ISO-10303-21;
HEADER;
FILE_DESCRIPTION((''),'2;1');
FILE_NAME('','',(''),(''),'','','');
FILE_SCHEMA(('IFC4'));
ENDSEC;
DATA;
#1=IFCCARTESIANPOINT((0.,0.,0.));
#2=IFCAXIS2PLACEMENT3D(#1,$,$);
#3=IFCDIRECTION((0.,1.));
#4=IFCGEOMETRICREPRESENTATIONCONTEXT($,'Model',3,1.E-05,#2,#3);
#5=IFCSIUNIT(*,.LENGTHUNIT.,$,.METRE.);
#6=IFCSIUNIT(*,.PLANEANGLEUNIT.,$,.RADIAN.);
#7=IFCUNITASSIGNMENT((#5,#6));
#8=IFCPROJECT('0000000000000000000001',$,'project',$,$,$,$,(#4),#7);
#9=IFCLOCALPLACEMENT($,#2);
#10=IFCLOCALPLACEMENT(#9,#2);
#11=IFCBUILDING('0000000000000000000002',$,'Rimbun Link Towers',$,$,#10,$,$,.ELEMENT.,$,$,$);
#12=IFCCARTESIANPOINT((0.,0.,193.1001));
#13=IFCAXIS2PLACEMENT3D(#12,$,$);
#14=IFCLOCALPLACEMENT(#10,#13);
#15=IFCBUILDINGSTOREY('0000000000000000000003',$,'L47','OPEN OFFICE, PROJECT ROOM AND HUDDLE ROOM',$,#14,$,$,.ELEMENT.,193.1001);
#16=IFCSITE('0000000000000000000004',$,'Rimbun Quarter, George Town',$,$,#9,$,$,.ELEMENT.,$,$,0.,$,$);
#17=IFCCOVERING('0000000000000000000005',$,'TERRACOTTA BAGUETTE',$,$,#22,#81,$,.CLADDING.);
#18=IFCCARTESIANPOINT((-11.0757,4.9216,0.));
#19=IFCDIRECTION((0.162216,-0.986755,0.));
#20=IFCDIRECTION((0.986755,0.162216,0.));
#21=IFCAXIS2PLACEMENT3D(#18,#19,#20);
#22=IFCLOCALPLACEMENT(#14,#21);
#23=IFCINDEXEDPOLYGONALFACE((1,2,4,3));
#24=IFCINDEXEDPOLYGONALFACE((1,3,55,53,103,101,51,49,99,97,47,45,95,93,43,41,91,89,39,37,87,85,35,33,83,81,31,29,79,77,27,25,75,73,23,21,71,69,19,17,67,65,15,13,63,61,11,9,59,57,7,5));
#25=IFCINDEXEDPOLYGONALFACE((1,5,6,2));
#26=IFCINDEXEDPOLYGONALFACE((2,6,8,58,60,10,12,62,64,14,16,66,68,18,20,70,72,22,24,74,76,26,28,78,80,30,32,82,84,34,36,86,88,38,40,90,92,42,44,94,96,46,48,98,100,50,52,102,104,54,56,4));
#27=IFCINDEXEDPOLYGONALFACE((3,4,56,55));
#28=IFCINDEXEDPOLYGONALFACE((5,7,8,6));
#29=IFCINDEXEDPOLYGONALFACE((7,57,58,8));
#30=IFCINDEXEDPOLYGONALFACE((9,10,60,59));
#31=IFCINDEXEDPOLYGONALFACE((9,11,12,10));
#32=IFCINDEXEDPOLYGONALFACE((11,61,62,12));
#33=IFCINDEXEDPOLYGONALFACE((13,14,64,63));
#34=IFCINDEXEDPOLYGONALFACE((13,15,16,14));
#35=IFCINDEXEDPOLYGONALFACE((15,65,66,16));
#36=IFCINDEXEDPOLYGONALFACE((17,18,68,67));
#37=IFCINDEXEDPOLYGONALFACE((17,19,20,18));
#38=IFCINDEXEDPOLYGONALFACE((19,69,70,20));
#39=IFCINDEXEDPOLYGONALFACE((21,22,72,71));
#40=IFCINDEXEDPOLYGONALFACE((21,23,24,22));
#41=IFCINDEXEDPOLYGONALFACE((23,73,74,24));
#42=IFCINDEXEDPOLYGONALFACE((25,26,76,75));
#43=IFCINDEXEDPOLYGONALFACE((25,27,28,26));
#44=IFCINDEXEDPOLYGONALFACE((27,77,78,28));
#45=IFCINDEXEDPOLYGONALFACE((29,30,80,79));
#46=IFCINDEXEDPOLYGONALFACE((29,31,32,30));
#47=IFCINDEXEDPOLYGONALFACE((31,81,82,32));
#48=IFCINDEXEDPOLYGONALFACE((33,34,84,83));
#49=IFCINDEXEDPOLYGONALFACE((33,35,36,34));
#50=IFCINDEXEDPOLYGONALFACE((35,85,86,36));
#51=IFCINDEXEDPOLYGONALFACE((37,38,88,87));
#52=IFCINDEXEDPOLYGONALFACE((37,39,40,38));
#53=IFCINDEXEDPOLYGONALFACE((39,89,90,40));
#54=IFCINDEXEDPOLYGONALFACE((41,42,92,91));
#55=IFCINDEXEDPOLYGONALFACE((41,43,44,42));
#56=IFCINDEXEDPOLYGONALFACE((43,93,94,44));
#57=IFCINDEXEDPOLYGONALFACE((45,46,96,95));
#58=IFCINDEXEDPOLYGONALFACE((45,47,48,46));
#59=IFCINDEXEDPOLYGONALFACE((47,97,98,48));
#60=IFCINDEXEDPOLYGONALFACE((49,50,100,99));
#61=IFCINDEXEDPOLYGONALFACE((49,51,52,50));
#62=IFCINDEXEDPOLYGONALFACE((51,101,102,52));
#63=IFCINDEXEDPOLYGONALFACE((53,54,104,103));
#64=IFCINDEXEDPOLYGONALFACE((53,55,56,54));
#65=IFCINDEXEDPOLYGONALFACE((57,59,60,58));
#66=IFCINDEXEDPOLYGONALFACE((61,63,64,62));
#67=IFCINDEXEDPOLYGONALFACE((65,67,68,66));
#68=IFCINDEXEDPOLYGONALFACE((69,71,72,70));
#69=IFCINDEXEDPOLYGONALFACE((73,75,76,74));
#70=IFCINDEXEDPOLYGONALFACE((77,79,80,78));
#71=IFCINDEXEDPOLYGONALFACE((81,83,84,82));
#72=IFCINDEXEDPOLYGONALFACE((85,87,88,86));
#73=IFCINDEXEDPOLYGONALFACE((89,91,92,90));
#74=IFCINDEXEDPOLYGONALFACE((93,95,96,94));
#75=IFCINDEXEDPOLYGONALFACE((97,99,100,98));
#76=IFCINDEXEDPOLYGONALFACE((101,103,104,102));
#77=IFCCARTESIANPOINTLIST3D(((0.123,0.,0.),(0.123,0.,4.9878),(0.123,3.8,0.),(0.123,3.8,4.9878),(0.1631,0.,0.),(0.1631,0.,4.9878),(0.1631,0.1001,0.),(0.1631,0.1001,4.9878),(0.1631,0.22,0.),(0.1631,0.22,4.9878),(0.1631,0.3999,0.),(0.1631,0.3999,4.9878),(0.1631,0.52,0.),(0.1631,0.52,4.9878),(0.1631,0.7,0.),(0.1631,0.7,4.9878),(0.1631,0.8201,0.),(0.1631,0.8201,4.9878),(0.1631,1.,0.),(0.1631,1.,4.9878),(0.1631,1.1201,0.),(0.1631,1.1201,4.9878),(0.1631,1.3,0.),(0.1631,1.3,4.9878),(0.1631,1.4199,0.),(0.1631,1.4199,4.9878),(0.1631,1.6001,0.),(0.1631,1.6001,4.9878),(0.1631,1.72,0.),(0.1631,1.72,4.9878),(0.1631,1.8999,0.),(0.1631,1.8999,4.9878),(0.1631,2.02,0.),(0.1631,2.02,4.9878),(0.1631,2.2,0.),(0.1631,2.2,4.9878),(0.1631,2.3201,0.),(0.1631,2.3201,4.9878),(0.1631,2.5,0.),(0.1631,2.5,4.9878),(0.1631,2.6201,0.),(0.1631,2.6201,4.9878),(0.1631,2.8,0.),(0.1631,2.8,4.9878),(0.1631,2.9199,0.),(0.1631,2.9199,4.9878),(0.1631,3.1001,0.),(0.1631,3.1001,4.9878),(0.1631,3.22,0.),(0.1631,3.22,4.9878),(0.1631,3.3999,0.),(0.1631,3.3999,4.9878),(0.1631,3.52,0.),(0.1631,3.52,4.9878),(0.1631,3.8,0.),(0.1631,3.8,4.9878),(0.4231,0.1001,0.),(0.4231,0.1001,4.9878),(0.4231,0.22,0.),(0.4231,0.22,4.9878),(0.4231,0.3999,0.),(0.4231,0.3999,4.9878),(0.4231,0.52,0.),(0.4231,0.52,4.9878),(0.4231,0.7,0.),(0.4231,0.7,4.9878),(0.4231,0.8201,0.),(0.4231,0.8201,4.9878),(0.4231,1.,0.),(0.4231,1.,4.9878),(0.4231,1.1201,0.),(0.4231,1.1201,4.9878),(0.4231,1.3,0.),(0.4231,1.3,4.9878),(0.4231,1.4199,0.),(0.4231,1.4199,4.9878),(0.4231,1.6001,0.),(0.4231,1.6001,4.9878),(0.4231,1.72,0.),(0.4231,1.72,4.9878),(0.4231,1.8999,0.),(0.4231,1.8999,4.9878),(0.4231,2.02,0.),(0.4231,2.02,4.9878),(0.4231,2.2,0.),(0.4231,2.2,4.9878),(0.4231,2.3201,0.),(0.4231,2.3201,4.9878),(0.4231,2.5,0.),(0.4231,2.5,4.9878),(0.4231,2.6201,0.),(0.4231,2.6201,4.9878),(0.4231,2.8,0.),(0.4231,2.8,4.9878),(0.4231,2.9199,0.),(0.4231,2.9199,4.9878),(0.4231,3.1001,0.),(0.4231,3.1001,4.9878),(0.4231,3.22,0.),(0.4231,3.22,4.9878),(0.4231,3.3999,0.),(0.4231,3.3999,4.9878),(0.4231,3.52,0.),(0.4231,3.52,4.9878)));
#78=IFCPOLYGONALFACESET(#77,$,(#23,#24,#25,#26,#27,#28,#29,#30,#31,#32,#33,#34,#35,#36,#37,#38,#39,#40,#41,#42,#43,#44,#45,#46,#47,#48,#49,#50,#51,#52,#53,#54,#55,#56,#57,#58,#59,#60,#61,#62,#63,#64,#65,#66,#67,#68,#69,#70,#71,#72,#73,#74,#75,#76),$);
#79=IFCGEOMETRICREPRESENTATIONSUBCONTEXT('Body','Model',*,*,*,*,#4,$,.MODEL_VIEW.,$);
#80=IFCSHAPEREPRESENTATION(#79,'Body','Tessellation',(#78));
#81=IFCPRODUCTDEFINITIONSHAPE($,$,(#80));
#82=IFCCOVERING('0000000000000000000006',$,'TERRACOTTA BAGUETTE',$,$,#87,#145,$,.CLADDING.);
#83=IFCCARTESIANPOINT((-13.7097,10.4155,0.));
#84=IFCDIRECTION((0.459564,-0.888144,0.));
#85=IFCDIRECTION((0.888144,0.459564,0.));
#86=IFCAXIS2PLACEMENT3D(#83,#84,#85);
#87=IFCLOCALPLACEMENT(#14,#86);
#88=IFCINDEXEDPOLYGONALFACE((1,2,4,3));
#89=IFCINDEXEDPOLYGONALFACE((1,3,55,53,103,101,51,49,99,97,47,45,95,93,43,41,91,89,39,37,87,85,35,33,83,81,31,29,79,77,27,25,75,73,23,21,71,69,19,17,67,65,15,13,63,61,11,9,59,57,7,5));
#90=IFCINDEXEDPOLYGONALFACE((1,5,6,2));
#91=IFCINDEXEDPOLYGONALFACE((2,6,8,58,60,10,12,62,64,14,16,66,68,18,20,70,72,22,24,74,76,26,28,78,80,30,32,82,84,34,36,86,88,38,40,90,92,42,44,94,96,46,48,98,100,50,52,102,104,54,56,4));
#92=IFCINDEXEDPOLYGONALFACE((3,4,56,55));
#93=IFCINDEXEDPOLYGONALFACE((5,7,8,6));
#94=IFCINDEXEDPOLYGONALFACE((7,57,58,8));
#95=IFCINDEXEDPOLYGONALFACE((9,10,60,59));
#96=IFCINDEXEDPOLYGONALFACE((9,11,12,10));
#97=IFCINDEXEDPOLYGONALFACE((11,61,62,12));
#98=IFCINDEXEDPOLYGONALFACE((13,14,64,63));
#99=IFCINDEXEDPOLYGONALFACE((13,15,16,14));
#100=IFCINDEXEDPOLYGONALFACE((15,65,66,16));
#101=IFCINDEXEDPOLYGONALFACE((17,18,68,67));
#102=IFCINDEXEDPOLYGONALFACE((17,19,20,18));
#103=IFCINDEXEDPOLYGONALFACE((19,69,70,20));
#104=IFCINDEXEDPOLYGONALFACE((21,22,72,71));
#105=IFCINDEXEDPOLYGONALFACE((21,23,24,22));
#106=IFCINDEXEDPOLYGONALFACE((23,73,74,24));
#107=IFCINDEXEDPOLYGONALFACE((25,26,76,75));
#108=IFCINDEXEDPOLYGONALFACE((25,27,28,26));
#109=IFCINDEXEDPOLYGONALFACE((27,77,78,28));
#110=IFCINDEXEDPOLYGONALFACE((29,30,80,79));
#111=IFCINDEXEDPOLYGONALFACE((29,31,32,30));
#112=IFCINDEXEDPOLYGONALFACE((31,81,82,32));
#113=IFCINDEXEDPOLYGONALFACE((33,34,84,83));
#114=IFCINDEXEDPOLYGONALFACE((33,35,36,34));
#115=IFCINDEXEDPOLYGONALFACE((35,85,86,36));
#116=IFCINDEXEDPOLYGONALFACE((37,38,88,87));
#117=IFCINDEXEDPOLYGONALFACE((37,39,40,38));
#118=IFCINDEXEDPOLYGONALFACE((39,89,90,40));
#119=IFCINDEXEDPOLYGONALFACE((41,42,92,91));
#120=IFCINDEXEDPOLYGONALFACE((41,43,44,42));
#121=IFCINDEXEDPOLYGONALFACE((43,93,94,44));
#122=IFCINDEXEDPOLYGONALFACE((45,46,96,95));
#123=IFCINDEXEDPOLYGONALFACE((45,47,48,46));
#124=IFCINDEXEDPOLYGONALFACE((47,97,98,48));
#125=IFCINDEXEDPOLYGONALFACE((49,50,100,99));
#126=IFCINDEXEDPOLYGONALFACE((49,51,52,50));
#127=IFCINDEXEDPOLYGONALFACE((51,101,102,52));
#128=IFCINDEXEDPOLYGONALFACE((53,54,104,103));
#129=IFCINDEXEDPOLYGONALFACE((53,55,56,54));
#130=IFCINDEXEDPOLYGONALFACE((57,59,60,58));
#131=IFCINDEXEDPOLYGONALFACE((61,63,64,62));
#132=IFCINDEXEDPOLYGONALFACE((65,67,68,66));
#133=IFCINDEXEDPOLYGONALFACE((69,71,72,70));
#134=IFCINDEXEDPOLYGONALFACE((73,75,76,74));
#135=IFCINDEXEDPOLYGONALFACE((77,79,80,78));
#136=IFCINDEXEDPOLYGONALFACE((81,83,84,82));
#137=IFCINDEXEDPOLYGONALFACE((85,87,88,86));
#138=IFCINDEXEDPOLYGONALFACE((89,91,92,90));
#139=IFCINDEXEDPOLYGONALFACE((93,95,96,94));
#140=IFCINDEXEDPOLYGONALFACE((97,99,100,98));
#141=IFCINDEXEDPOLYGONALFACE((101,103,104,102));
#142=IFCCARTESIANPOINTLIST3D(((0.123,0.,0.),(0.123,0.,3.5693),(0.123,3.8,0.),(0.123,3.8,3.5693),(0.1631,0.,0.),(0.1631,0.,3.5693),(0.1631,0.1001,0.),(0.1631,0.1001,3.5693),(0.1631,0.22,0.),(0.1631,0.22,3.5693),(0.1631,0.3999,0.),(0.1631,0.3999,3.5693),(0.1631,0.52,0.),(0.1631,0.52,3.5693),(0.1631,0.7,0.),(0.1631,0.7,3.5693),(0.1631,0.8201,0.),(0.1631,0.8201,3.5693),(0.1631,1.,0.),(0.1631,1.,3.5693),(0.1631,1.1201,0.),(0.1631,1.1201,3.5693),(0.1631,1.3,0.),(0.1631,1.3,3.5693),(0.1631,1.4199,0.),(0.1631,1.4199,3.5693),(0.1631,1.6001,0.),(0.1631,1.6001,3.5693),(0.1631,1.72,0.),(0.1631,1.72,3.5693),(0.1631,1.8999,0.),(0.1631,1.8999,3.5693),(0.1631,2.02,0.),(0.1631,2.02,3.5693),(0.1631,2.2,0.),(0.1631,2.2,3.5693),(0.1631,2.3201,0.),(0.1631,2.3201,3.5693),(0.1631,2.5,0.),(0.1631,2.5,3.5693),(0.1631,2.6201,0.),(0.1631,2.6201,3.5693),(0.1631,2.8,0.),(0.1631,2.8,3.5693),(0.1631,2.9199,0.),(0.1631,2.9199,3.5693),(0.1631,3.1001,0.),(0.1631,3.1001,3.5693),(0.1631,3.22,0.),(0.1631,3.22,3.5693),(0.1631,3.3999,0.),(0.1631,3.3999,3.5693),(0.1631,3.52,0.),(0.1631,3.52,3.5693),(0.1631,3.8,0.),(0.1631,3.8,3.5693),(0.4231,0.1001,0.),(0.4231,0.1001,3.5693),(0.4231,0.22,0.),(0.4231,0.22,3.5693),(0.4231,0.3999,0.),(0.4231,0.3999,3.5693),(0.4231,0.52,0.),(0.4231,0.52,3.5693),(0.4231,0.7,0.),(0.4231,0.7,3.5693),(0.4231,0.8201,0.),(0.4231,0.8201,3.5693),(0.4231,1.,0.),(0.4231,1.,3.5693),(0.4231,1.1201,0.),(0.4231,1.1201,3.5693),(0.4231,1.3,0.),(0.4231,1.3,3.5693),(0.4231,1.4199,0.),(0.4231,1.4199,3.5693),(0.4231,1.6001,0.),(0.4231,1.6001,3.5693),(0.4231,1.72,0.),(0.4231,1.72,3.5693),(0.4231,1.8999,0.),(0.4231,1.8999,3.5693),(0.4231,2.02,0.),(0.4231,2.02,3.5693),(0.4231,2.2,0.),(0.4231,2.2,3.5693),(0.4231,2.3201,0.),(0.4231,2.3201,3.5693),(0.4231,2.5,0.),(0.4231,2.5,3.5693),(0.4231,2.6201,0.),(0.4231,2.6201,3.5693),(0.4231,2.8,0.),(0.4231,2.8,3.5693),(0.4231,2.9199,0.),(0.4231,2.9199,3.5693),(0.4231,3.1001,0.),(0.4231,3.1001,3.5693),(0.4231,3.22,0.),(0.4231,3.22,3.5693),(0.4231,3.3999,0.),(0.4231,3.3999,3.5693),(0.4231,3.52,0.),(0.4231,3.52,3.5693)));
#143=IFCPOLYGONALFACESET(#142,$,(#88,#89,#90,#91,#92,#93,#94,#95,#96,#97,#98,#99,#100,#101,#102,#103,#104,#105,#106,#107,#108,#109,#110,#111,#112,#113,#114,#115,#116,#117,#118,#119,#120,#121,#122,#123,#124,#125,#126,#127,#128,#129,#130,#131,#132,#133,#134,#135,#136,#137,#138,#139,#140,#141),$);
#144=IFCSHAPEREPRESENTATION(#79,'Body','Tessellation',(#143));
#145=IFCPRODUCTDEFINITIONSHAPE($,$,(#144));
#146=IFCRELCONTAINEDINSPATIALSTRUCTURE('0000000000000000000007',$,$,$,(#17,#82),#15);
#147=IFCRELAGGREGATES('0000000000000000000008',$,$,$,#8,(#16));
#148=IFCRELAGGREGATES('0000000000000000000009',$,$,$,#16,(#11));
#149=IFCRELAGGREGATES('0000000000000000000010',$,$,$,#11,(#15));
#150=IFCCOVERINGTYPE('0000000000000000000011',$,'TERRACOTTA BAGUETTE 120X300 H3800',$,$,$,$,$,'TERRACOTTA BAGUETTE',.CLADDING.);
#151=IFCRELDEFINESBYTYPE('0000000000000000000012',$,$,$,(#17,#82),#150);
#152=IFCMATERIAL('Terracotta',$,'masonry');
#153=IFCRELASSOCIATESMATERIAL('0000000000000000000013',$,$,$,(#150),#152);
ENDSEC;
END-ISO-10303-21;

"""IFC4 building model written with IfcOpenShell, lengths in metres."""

from ifc_helpers import new_model, si_unit, direction, frame, origin, place, context, subcontext, project, spatial, polyline, outline, extrude, material, material_profile, profile_set, type_object, element, save


model = new_model("IFC4")

# Units and contexts
model_context = context("Model", 3, precision=1e-05, world=origin(), true_north=direction((0.0, 1.0)))
body_context = subcontext(model_context, "Body", "Model", "MODEL_VIEW")
ifc_project = project(units=[si_unit("LENGTHUNIT", "METRE"), si_unit("PLANEANGLEUNIT", "RADIAN")], contexts=[model_context])

# Site, building, storey
site_placement = place(None, origin())
site = spatial("IfcSite", under=ifc_project, at=site_placement, Name="Rimbun Quarter, George Town", CompositionType="ELEMENT", RefElevation=0.0)
building_placement = place(site_placement, origin())
building = spatial("IfcBuilding", under=site, at=building_placement, Name="Rimbun Link Towers", CompositionType="ELEMENT")
storey_placement = place(building_placement, frame((0.0, 0.0, 193.1001)))
storey = spatial("IfcBuildingStorey", under=building, at=storey_placement, Name="L47", Description="OPEN OFFICE, PROJECT ROOM AND HUDDLE ROOM", CompositionType="ELEMENT", Elevation=193.1001)

# Coverings
ifc_material_1 = material(Name="Terracotta", Category="masonry")
ifc_material_profile_1 = material_profile(ifc_material_1, outline(polyline([(0.123, 0.0), (0.1631, 0.0), (0.1631, 0.1001), (0.4231, 0.1001), (0.4231, 0.22), (0.1631, 0.22), (0.1631, 0.3999), (0.4231, 0.3999), (0.4231, 0.52), (0.1631, 0.52), (0.1631, 0.7), (0.4231, 0.7), (0.4231, 0.8201), (0.1631, 0.8201), (0.1631, 1.0), (0.4231, 1.0), (0.4231, 1.1201), (0.1631, 1.1201), (0.1631, 1.3), (0.4231, 1.3), (0.4231, 1.4199), (0.1631, 1.4199), (0.1631, 1.6001), (0.4231, 1.6001), (0.4231, 1.72), (0.1631, 1.72), (0.1631, 1.8999), (0.4231, 1.8999), (0.4231, 2.02), (0.1631, 2.02), (0.1631, 2.2), (0.4231, 2.2), (0.4231, 2.3201), (0.1631, 2.3201), (0.1631, 2.5), (0.4231, 2.5), (0.4231, 2.6201), (0.1631, 2.6201), (0.1631, 2.8), (0.4231, 2.8), (0.4231, 2.9199), (0.1631, 2.9199), (0.1631, 3.1001), (0.4231, 3.1001), (0.4231, 3.22), (0.1631, 3.22), (0.1631, 3.3999), (0.4231, 3.3999), (0.4231, 3.52), (0.1631, 3.52), (0.1631, 3.8), (0.123, 3.8), (0.123, 0.0)])), Name="BAGUETTE 120X300")
ifc_profile_set_1 = profile_set([ifc_material_profile_1], Name="Terracotta")
covering_type_1 = type_object("IfcCoveringType", Name="TERRACOTTA BAGUETTE 120X300 H3800", ElementType="TERRACOTTA BAGUETTE", PredefinedType="CLADDING", material=ifc_profile_set_1)
covering_1_placement = place(storey_placement, frame((-11.0757, 4.9216, 0.0), z_axis=(0.162216, -0.986755, 0.0), x_axis=(0.986755, 0.162216, 0.0)))
element("IfcCovering", 1, at=covering_1_placement, inside=storey, type_object=covering_type_1, Name="TERRACOTTA BAGUETTE", PredefinedType="CLADDING", context=body_context, shape_type="SweptSolid", body=[
    extrude(outline(polyline([(0.123, 0.0), (0.1631, 0.0), (0.1631, 0.1001), (0.4231, 0.1001), (0.4231, 0.22), (0.1631, 0.22), (0.1631, 0.3999), (0.4231, 0.3999), (0.4231, 0.52), (0.1631, 0.52), (0.1631, 0.7), (0.4231, 0.7), (0.4231, 0.8201), (0.1631, 0.8201), (0.1631, 1.0), (0.4231, 1.0), (0.4231, 1.1201), (0.1631, 1.1201), (0.1631, 1.3), (0.4231, 1.3), (0.4231, 1.4199), (0.1631, 1.4199), (0.1631, 1.6001), (0.4231, 1.6001), (0.4231, 1.72), (0.1631, 1.72), (0.1631, 1.8999), (0.4231, 1.8999), (0.4231, 2.02), (0.1631, 2.02), (0.1631, 2.2), (0.4231, 2.2), (0.4231, 2.3201), (0.1631, 2.3201), (0.1631, 2.5), (0.4231, 2.5), (0.4231, 2.6201), (0.1631, 2.6201), (0.1631, 2.8), (0.4231, 2.8), (0.4231, 2.9199), (0.1631, 2.9199), (0.1631, 3.1001), (0.4231, 3.1001), (0.4231, 3.22), (0.1631, 3.22), (0.1631, 3.3999), (0.4231, 3.3999), (0.4231, 3.52), (0.1631, 3.52), (0.1631, 3.8), (0.123, 3.8), (0.123, 0.0)])), origin(), (0.0, 0.0, 1.0), 4.9878),
])
covering_2_placement = place(storey_placement, frame((-13.7097, 10.4155, 0.0), z_axis=(0.459564, -0.888144, 0.0), x_axis=(0.888144, 0.459564, 0.0)))
element("IfcCovering", 2, at=covering_2_placement, inside=storey, type_object=covering_type_1, Name="TERRACOTTA BAGUETTE", PredefinedType="CLADDING", context=body_context, shape_type="SweptSolid", body=[
    extrude(outline(polyline([(0.123, 0.0), (0.1631, 0.0), (0.1631, 0.1001), (0.4231, 0.1001), (0.4231, 0.22), (0.1631, 0.22), (0.1631, 0.3999), (0.4231, 0.3999), (0.4231, 0.52), (0.1631, 0.52), (0.1631, 0.7), (0.4231, 0.7), (0.4231, 0.8201), (0.1631, 0.8201), (0.1631, 1.0), (0.4231, 1.0), (0.4231, 1.1201), (0.1631, 1.1201), (0.1631, 1.3), (0.4231, 1.3), (0.4231, 1.4199), (0.1631, 1.4199), (0.1631, 1.6001), (0.4231, 1.6001), (0.4231, 1.72), (0.1631, 1.72), (0.1631, 1.8999), (0.4231, 1.8999), (0.4231, 2.02), (0.1631, 2.02), (0.1631, 2.2), (0.4231, 2.2), (0.4231, 2.3201), (0.1631, 2.3201), (0.1631, 2.5), (0.4231, 2.5), (0.4231, 2.6201), (0.1631, 2.6201), (0.1631, 2.8), (0.4231, 2.8), (0.4231, 2.9199), (0.1631, 2.9199), (0.1631, 3.1001), (0.4231, 3.1001), (0.4231, 3.22), (0.1631, 3.22), (0.1631, 3.3999), (0.4231, 3.3999), (0.4231, 3.52), (0.1631, 3.52), (0.1631, 3.8), (0.123, 3.8), (0.123, 0.0)])), origin(), (0.0, 0.0, 1.0), 3.5693),
])

save(model, "model.ifc")
